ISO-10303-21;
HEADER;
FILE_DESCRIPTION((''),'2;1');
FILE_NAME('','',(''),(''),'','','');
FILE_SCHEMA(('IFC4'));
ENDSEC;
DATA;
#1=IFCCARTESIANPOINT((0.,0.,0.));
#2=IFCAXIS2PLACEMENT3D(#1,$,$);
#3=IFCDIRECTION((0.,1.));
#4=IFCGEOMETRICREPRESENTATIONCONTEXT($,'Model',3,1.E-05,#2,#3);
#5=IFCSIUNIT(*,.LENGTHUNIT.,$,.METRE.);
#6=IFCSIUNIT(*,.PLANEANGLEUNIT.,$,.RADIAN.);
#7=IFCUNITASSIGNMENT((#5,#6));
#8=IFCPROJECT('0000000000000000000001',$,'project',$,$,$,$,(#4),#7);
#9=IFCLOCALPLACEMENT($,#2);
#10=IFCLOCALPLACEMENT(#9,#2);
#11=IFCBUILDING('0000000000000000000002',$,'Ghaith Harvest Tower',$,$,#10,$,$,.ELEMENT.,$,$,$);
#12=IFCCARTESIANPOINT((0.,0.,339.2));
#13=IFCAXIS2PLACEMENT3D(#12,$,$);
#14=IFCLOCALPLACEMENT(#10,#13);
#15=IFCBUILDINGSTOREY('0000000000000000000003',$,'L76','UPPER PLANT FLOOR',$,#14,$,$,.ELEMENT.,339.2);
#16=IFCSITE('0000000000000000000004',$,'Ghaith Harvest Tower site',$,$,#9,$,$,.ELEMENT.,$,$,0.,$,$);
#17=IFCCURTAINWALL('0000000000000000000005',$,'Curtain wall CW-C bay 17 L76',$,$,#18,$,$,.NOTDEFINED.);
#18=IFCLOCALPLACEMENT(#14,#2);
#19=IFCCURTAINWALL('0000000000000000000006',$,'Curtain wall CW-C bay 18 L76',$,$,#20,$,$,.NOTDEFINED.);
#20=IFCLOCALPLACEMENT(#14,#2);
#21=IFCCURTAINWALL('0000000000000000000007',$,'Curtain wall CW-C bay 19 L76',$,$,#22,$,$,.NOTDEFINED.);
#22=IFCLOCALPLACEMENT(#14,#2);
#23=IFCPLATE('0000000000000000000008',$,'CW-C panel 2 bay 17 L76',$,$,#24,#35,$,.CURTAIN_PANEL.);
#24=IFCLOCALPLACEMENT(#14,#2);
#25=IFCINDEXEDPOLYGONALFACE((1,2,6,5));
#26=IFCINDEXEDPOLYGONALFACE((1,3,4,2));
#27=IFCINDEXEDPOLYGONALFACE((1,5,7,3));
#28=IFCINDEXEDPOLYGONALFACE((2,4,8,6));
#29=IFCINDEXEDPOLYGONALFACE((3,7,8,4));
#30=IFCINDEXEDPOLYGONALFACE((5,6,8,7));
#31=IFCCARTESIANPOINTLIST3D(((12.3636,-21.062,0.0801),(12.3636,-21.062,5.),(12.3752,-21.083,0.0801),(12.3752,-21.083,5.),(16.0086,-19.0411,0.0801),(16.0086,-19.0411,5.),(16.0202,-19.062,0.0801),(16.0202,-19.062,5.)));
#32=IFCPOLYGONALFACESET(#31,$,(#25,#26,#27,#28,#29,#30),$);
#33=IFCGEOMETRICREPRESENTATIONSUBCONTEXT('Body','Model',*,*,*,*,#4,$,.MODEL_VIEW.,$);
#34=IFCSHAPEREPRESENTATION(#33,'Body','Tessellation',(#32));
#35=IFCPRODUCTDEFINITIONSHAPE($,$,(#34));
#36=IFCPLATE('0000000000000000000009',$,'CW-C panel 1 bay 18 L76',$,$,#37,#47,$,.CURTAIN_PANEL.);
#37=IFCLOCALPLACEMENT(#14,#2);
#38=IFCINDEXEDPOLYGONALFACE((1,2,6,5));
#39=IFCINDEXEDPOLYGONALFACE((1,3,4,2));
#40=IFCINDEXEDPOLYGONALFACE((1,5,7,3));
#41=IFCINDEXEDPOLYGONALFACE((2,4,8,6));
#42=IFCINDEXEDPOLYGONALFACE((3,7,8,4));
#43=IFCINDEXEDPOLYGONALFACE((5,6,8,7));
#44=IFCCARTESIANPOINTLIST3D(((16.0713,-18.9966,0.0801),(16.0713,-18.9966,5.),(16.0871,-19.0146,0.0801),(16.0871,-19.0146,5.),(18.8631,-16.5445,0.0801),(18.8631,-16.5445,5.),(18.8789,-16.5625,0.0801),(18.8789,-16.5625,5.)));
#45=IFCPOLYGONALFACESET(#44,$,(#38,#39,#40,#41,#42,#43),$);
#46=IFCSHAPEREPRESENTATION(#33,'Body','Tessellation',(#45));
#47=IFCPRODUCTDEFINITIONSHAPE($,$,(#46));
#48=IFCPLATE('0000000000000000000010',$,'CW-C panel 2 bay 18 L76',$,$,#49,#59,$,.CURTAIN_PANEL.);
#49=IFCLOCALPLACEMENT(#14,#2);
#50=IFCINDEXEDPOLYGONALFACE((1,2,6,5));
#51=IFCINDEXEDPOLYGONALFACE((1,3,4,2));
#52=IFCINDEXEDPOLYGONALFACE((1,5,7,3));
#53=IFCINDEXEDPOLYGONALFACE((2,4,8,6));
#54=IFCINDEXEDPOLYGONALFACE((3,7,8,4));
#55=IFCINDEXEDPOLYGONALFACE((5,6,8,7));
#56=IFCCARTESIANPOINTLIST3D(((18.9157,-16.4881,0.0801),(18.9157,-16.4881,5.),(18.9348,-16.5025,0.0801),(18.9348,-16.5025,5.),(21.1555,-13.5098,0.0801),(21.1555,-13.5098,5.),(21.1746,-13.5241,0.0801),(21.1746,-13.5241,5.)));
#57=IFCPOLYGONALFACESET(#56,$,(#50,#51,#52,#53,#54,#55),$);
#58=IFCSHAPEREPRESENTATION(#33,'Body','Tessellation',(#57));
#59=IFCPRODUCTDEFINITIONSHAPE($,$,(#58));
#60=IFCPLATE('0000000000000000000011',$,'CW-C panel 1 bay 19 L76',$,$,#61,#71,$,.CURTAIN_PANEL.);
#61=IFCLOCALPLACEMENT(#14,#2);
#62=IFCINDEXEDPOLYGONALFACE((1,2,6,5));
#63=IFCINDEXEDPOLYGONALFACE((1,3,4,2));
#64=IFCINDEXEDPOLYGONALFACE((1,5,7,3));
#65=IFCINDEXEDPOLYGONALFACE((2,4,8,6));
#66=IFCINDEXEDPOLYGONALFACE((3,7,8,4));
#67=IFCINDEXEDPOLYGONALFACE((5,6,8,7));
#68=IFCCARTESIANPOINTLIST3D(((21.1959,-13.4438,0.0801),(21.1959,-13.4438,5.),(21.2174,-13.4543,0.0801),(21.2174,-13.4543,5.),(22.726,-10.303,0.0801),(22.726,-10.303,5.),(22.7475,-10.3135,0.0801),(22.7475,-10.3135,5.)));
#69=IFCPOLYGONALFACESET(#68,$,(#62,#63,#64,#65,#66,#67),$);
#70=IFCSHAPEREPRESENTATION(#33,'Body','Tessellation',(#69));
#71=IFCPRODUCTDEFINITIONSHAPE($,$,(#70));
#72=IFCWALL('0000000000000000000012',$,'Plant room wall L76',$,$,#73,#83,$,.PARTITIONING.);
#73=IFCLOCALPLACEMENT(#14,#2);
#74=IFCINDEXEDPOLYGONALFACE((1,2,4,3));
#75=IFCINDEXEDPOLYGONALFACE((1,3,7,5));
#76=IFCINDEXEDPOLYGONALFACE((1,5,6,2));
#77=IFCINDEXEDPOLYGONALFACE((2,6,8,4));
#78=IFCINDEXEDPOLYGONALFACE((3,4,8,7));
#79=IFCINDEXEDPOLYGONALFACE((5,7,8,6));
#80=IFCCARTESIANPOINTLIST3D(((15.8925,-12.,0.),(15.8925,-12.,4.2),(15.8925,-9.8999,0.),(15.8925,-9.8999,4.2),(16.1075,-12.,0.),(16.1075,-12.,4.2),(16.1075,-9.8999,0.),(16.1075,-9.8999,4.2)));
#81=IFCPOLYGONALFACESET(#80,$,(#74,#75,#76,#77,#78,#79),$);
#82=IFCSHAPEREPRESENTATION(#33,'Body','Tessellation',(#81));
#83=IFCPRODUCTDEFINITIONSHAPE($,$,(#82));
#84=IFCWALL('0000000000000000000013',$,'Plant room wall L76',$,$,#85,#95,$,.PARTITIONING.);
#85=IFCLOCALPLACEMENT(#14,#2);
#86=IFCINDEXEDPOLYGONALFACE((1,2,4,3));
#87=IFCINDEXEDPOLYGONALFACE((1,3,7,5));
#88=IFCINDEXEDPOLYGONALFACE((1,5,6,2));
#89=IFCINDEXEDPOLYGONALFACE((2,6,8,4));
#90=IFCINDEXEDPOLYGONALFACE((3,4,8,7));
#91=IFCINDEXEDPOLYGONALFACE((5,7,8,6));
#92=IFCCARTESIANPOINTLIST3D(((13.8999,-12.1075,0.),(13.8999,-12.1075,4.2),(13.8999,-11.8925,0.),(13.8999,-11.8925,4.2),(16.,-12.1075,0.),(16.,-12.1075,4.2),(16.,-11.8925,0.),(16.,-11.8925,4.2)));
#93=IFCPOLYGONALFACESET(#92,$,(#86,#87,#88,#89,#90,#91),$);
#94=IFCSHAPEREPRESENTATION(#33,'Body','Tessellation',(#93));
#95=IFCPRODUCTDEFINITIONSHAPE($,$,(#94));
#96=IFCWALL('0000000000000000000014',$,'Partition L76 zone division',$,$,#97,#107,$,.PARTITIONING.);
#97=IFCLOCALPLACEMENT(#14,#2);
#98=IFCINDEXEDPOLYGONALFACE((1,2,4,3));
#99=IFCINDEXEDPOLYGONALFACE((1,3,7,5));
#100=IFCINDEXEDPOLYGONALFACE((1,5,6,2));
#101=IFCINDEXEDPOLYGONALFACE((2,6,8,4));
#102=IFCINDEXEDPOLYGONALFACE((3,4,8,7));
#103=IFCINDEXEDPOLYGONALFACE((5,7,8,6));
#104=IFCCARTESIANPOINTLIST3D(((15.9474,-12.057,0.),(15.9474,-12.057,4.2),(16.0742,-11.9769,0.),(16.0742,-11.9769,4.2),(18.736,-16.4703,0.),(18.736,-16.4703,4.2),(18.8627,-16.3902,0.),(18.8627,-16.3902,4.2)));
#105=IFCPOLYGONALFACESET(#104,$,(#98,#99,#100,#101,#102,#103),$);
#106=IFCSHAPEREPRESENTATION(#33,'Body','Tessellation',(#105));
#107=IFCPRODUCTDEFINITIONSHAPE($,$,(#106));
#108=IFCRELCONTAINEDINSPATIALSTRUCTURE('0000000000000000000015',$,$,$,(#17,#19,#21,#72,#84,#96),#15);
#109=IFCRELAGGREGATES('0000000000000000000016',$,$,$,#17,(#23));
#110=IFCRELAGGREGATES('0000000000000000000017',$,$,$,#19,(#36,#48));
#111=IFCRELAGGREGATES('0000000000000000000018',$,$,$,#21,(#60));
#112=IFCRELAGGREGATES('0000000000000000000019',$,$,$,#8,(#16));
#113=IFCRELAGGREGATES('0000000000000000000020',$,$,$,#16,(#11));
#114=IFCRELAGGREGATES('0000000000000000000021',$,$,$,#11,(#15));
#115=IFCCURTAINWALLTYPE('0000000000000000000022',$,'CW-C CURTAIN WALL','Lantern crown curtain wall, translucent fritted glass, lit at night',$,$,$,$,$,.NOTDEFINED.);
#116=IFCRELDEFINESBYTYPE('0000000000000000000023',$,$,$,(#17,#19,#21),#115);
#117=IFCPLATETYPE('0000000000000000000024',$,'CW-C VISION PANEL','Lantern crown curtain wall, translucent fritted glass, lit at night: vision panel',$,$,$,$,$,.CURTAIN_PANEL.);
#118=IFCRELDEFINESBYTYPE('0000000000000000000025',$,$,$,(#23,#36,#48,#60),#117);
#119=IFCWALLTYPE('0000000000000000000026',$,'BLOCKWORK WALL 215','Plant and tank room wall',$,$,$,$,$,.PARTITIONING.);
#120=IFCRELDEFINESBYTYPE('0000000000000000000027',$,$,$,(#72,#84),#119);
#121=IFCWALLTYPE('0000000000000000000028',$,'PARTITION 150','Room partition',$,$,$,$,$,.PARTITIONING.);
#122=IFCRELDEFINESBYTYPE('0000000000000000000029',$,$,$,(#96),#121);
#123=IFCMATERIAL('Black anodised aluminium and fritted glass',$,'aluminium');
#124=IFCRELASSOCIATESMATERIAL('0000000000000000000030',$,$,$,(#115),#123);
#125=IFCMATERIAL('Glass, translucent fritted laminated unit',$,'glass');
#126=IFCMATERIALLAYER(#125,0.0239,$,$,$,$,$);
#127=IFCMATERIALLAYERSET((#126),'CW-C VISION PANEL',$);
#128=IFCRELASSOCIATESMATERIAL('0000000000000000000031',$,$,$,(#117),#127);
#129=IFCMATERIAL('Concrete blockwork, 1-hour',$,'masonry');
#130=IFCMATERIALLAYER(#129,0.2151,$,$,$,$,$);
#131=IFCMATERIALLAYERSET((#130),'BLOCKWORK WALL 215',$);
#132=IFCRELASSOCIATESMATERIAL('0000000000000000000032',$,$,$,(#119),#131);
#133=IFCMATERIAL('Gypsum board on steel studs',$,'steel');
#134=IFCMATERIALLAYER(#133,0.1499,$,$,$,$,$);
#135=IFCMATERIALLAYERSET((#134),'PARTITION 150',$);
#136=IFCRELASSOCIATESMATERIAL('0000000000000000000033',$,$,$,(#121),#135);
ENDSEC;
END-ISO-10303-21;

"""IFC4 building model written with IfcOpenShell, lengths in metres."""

from ifc_helpers import new_model, si_unit, direction, frame, frame_2d, origin, origin_2d, place, context, subcontext, project, spatial, rectangle, extrude, material, layer, layer_set, type_object, element, aggregate, save


model = new_model("IFC4")

# Units and contexts
model_context = context("Model", 3, precision=1e-05, world=origin(), true_north=direction((0.0, 1.0)))
body_context = subcontext(model_context, "Body", "Model", "MODEL_VIEW")
ifc_project = project(units=[si_unit("LENGTHUNIT", "METRE"), si_unit("PLANEANGLEUNIT", "RADIAN")], contexts=[model_context])

# Site, building, storey
site_placement = place(None, origin())
site = spatial("IfcSite", under=ifc_project, at=site_placement, Name="Ghaith Harvest Tower site", CompositionType="ELEMENT", RefElevation=0.0)
building_placement = place(site_placement, origin())
building = spatial("IfcBuilding", under=site, at=building_placement, Name="Ghaith Harvest Tower", CompositionType="ELEMENT")
storey_placement = place(building_placement, frame((0.0, 0.0, 339.2)))
storey = spatial("IfcBuildingStorey", under=building, at=storey_placement, Name="L76", Description="UPPER PLANT FLOOR", CompositionType="ELEMENT", Elevation=339.2)

# Curtain wall
ifc_material_1 = material(Name="Black anodised aluminium and fritted glass", Category="aluminium")
curtain_wall_type = type_object("IfcCurtainWallType", Name="CW-C CURTAIN WALL", Description="Lantern crown curtain wall, translucent fritted glass, lit at night", PredefinedType="NOTDEFINED", material=ifc_material_1)
curtain_wall_1_placement = place(storey_placement, origin())
curtain_wall_1 = element("IfcCurtainWall", 1, at=curtain_wall_1_placement, inside=storey, type_object=curtain_wall_type, Name="Curtain wall CW-C bay 17 L76", PredefinedType="NOTDEFINED")

# Curtain walls
curtain_wall_2_placement = place(storey_placement, origin())
curtain_wall_2 = element("IfcCurtainWall", 2, at=curtain_wall_2_placement, inside=storey, type_object=curtain_wall_type, Name="Curtain wall CW-C bay 18 L76", PredefinedType="NOTDEFINED")
curtain_wall_3_placement = place(storey_placement, origin())
curtain_wall_3 = element("IfcCurtainWall", 3, at=curtain_wall_3_placement, inside=storey, type_object=curtain_wall_type, Name="Curtain wall CW-C bay 19 L76", PredefinedType="NOTDEFINED")

# Plates
ifc_material_2 = material(Name="Glass, translucent fritted laminated unit", Category="glass")
ifc_layer_1 = layer(ifc_material_2, 0.0239)
ifc_layer_set_1 = layer_set([ifc_layer_1], Name="CW-C VISION PANEL")
plate_type = type_object("IfcPlateType", Name="CW-C VISION PANEL", Description="Lantern crown curtain wall, translucent fritted glass, lit at night: vision panel", PredefinedType="CURTAIN_PANEL", material=ifc_layer_set_1)
plate_1_placement = place(storey_placement, frame((14.1919, -20.062, 0.0801), z_axis=(0.0, 0.0, 1.0), x_axis=(0.874564, 0.48491, 0.0)))
plate_1 = element("IfcPlate", 4, at=plate_1_placement, type_object=plate_type, Name="CW-C panel 2 bay 17 L76", PredefinedType="CURTAIN_PANEL", context=body_context, shape_type="SweptSolid", body=[
    extrude(rectangle(XDim=4.1677, YDim=0.0239, at=origin_2d()), origin(), (0.0, 0.0, 1.0), 4.9199),
])
aggregate(curtain_wall_1, [plate_1])
plate_2_placement = place(storey_placement, frame((17.4751, -17.7795, 0.0801), z_axis=(0.0, 0.0, 1.0), x_axis=(0.751335, 0.659922, 0.0)))
plate_2 = element("IfcPlate", 5, at=plate_2_placement, type_object=plate_type, Name="CW-C panel 1 bay 18 L76", PredefinedType="CURTAIN_PANEL", context=body_context, shape_type="SweptSolid", body=[
    extrude(rectangle(XDim=3.7158, YDim=0.0239, at=origin_2d()), origin(), (0.0, 0.0, 1.0), 4.9199),
])
plate_3_placement = place(storey_placement, frame((20.0452, -15.0061, 0.0801), z_axis=(0.0, 0.0, 1.0), x_axis=(0.601048, 0.799213, 0.0)))
plate_3 = element("IfcPlate", 6, at=plate_3_placement, type_object=plate_type, Name="CW-C panel 2 bay 18 L76", PredefinedType="CURTAIN_PANEL", context=body_context, shape_type="SweptSolid", body=[
    extrude(rectangle(XDim=3.7266, YDim=0.0239, at=origin_2d()), origin(), (0.0, 0.0, 1.0), 4.9199),
])
aggregate(curtain_wall_2, [plate_2, plate_3])
plate_4_placement = place(storey_placement, frame((21.9717, -11.8787, 0.0801), z_axis=(0.0, 0.0, 1.0), x_axis=(0.437968, 0.89899, 0.0)))
plate_4 = element("IfcPlate", 7, at=plate_4_placement, type_object=plate_type, Name="CW-C panel 1 bay 19 L76", PredefinedType="CURTAIN_PANEL", context=body_context, shape_type="SweptSolid", body=[
    extrude(rectangle(XDim=3.4937, YDim=0.0239, at=origin_2d()), origin(), (0.0, 0.0, 1.0), 4.9199),
])
aggregate(curtain_wall_3, [plate_4])

# Walls
ifc_material_3 = material(Name="Concrete blockwork, 1-hour", Category="masonry")
ifc_layer_2 = layer(ifc_material_3, 0.2151)
ifc_layer_set_2 = layer_set([ifc_layer_2], Name="BLOCKWORK WALL 215")
wall_type_1 = type_object("IfcWallType", Name="BLOCKWORK WALL 215", Description="Plant and tank room wall", PredefinedType="PARTITIONING", material=ifc_layer_set_2)
for number, where, z_axis, x_axis, name in (
    (8, (16.0, -12.0, 0.0), (0.0, 0.0, 1.0), (0.0, 1.0, 0.0), "Plant room wall L76"),
    (9, (13.8999, -12.0, 0.0), (0.0, 0.0, 1.0), (1.0, 0.0, 0.0), "Plant room wall L76"),
):
    element("IfcWall", number, at=place(storey_placement, frame(where, z_axis=z_axis, x_axis=x_axis)), inside=storey, type_object=wall_type_1, Name=name, PredefinedType="PARTITIONING", context=body_context, shape_type="SweptSolid", body=[
        extrude(rectangle(XDim=2.1001, YDim=0.2151, at=frame_2d((1.05, 0.0))), origin(), (0.0, 0.0, 1.0), 4.2),
    ])
ifc_material_4 = material(Name="Gypsum board on steel studs", Category="steel")
ifc_layer_3 = layer(ifc_material_4, 0.1499)
ifc_layer_set_3 = layer_set([ifc_layer_3], Name="PARTITION 150")
wall_type_2 = type_object("IfcWallType", Name="PARTITION 150", Description="Room partition", PredefinedType="PARTITIONING", material=ifc_layer_set_3)
wall_placement = place(storey_placement, frame((16.0107, -12.0168, 0.0), z_axis=(0.0, 0.0, 1.0), x_axis=(0.534158, -0.845384, 0.0)))
element("IfcWall", 10, at=wall_placement, inside=storey, type_object=wall_type_2, Name="Partition L76 zone division", PredefinedType="PARTITIONING", context=body_context, shape_type="SweptSolid", body=[
    extrude(rectangle(XDim=5.2205, YDim=0.1499, at=frame_2d((2.6104, 0.0))), origin(), (0.0, 0.0, 1.0), 4.2),
])

save(model, "model.ifc")
